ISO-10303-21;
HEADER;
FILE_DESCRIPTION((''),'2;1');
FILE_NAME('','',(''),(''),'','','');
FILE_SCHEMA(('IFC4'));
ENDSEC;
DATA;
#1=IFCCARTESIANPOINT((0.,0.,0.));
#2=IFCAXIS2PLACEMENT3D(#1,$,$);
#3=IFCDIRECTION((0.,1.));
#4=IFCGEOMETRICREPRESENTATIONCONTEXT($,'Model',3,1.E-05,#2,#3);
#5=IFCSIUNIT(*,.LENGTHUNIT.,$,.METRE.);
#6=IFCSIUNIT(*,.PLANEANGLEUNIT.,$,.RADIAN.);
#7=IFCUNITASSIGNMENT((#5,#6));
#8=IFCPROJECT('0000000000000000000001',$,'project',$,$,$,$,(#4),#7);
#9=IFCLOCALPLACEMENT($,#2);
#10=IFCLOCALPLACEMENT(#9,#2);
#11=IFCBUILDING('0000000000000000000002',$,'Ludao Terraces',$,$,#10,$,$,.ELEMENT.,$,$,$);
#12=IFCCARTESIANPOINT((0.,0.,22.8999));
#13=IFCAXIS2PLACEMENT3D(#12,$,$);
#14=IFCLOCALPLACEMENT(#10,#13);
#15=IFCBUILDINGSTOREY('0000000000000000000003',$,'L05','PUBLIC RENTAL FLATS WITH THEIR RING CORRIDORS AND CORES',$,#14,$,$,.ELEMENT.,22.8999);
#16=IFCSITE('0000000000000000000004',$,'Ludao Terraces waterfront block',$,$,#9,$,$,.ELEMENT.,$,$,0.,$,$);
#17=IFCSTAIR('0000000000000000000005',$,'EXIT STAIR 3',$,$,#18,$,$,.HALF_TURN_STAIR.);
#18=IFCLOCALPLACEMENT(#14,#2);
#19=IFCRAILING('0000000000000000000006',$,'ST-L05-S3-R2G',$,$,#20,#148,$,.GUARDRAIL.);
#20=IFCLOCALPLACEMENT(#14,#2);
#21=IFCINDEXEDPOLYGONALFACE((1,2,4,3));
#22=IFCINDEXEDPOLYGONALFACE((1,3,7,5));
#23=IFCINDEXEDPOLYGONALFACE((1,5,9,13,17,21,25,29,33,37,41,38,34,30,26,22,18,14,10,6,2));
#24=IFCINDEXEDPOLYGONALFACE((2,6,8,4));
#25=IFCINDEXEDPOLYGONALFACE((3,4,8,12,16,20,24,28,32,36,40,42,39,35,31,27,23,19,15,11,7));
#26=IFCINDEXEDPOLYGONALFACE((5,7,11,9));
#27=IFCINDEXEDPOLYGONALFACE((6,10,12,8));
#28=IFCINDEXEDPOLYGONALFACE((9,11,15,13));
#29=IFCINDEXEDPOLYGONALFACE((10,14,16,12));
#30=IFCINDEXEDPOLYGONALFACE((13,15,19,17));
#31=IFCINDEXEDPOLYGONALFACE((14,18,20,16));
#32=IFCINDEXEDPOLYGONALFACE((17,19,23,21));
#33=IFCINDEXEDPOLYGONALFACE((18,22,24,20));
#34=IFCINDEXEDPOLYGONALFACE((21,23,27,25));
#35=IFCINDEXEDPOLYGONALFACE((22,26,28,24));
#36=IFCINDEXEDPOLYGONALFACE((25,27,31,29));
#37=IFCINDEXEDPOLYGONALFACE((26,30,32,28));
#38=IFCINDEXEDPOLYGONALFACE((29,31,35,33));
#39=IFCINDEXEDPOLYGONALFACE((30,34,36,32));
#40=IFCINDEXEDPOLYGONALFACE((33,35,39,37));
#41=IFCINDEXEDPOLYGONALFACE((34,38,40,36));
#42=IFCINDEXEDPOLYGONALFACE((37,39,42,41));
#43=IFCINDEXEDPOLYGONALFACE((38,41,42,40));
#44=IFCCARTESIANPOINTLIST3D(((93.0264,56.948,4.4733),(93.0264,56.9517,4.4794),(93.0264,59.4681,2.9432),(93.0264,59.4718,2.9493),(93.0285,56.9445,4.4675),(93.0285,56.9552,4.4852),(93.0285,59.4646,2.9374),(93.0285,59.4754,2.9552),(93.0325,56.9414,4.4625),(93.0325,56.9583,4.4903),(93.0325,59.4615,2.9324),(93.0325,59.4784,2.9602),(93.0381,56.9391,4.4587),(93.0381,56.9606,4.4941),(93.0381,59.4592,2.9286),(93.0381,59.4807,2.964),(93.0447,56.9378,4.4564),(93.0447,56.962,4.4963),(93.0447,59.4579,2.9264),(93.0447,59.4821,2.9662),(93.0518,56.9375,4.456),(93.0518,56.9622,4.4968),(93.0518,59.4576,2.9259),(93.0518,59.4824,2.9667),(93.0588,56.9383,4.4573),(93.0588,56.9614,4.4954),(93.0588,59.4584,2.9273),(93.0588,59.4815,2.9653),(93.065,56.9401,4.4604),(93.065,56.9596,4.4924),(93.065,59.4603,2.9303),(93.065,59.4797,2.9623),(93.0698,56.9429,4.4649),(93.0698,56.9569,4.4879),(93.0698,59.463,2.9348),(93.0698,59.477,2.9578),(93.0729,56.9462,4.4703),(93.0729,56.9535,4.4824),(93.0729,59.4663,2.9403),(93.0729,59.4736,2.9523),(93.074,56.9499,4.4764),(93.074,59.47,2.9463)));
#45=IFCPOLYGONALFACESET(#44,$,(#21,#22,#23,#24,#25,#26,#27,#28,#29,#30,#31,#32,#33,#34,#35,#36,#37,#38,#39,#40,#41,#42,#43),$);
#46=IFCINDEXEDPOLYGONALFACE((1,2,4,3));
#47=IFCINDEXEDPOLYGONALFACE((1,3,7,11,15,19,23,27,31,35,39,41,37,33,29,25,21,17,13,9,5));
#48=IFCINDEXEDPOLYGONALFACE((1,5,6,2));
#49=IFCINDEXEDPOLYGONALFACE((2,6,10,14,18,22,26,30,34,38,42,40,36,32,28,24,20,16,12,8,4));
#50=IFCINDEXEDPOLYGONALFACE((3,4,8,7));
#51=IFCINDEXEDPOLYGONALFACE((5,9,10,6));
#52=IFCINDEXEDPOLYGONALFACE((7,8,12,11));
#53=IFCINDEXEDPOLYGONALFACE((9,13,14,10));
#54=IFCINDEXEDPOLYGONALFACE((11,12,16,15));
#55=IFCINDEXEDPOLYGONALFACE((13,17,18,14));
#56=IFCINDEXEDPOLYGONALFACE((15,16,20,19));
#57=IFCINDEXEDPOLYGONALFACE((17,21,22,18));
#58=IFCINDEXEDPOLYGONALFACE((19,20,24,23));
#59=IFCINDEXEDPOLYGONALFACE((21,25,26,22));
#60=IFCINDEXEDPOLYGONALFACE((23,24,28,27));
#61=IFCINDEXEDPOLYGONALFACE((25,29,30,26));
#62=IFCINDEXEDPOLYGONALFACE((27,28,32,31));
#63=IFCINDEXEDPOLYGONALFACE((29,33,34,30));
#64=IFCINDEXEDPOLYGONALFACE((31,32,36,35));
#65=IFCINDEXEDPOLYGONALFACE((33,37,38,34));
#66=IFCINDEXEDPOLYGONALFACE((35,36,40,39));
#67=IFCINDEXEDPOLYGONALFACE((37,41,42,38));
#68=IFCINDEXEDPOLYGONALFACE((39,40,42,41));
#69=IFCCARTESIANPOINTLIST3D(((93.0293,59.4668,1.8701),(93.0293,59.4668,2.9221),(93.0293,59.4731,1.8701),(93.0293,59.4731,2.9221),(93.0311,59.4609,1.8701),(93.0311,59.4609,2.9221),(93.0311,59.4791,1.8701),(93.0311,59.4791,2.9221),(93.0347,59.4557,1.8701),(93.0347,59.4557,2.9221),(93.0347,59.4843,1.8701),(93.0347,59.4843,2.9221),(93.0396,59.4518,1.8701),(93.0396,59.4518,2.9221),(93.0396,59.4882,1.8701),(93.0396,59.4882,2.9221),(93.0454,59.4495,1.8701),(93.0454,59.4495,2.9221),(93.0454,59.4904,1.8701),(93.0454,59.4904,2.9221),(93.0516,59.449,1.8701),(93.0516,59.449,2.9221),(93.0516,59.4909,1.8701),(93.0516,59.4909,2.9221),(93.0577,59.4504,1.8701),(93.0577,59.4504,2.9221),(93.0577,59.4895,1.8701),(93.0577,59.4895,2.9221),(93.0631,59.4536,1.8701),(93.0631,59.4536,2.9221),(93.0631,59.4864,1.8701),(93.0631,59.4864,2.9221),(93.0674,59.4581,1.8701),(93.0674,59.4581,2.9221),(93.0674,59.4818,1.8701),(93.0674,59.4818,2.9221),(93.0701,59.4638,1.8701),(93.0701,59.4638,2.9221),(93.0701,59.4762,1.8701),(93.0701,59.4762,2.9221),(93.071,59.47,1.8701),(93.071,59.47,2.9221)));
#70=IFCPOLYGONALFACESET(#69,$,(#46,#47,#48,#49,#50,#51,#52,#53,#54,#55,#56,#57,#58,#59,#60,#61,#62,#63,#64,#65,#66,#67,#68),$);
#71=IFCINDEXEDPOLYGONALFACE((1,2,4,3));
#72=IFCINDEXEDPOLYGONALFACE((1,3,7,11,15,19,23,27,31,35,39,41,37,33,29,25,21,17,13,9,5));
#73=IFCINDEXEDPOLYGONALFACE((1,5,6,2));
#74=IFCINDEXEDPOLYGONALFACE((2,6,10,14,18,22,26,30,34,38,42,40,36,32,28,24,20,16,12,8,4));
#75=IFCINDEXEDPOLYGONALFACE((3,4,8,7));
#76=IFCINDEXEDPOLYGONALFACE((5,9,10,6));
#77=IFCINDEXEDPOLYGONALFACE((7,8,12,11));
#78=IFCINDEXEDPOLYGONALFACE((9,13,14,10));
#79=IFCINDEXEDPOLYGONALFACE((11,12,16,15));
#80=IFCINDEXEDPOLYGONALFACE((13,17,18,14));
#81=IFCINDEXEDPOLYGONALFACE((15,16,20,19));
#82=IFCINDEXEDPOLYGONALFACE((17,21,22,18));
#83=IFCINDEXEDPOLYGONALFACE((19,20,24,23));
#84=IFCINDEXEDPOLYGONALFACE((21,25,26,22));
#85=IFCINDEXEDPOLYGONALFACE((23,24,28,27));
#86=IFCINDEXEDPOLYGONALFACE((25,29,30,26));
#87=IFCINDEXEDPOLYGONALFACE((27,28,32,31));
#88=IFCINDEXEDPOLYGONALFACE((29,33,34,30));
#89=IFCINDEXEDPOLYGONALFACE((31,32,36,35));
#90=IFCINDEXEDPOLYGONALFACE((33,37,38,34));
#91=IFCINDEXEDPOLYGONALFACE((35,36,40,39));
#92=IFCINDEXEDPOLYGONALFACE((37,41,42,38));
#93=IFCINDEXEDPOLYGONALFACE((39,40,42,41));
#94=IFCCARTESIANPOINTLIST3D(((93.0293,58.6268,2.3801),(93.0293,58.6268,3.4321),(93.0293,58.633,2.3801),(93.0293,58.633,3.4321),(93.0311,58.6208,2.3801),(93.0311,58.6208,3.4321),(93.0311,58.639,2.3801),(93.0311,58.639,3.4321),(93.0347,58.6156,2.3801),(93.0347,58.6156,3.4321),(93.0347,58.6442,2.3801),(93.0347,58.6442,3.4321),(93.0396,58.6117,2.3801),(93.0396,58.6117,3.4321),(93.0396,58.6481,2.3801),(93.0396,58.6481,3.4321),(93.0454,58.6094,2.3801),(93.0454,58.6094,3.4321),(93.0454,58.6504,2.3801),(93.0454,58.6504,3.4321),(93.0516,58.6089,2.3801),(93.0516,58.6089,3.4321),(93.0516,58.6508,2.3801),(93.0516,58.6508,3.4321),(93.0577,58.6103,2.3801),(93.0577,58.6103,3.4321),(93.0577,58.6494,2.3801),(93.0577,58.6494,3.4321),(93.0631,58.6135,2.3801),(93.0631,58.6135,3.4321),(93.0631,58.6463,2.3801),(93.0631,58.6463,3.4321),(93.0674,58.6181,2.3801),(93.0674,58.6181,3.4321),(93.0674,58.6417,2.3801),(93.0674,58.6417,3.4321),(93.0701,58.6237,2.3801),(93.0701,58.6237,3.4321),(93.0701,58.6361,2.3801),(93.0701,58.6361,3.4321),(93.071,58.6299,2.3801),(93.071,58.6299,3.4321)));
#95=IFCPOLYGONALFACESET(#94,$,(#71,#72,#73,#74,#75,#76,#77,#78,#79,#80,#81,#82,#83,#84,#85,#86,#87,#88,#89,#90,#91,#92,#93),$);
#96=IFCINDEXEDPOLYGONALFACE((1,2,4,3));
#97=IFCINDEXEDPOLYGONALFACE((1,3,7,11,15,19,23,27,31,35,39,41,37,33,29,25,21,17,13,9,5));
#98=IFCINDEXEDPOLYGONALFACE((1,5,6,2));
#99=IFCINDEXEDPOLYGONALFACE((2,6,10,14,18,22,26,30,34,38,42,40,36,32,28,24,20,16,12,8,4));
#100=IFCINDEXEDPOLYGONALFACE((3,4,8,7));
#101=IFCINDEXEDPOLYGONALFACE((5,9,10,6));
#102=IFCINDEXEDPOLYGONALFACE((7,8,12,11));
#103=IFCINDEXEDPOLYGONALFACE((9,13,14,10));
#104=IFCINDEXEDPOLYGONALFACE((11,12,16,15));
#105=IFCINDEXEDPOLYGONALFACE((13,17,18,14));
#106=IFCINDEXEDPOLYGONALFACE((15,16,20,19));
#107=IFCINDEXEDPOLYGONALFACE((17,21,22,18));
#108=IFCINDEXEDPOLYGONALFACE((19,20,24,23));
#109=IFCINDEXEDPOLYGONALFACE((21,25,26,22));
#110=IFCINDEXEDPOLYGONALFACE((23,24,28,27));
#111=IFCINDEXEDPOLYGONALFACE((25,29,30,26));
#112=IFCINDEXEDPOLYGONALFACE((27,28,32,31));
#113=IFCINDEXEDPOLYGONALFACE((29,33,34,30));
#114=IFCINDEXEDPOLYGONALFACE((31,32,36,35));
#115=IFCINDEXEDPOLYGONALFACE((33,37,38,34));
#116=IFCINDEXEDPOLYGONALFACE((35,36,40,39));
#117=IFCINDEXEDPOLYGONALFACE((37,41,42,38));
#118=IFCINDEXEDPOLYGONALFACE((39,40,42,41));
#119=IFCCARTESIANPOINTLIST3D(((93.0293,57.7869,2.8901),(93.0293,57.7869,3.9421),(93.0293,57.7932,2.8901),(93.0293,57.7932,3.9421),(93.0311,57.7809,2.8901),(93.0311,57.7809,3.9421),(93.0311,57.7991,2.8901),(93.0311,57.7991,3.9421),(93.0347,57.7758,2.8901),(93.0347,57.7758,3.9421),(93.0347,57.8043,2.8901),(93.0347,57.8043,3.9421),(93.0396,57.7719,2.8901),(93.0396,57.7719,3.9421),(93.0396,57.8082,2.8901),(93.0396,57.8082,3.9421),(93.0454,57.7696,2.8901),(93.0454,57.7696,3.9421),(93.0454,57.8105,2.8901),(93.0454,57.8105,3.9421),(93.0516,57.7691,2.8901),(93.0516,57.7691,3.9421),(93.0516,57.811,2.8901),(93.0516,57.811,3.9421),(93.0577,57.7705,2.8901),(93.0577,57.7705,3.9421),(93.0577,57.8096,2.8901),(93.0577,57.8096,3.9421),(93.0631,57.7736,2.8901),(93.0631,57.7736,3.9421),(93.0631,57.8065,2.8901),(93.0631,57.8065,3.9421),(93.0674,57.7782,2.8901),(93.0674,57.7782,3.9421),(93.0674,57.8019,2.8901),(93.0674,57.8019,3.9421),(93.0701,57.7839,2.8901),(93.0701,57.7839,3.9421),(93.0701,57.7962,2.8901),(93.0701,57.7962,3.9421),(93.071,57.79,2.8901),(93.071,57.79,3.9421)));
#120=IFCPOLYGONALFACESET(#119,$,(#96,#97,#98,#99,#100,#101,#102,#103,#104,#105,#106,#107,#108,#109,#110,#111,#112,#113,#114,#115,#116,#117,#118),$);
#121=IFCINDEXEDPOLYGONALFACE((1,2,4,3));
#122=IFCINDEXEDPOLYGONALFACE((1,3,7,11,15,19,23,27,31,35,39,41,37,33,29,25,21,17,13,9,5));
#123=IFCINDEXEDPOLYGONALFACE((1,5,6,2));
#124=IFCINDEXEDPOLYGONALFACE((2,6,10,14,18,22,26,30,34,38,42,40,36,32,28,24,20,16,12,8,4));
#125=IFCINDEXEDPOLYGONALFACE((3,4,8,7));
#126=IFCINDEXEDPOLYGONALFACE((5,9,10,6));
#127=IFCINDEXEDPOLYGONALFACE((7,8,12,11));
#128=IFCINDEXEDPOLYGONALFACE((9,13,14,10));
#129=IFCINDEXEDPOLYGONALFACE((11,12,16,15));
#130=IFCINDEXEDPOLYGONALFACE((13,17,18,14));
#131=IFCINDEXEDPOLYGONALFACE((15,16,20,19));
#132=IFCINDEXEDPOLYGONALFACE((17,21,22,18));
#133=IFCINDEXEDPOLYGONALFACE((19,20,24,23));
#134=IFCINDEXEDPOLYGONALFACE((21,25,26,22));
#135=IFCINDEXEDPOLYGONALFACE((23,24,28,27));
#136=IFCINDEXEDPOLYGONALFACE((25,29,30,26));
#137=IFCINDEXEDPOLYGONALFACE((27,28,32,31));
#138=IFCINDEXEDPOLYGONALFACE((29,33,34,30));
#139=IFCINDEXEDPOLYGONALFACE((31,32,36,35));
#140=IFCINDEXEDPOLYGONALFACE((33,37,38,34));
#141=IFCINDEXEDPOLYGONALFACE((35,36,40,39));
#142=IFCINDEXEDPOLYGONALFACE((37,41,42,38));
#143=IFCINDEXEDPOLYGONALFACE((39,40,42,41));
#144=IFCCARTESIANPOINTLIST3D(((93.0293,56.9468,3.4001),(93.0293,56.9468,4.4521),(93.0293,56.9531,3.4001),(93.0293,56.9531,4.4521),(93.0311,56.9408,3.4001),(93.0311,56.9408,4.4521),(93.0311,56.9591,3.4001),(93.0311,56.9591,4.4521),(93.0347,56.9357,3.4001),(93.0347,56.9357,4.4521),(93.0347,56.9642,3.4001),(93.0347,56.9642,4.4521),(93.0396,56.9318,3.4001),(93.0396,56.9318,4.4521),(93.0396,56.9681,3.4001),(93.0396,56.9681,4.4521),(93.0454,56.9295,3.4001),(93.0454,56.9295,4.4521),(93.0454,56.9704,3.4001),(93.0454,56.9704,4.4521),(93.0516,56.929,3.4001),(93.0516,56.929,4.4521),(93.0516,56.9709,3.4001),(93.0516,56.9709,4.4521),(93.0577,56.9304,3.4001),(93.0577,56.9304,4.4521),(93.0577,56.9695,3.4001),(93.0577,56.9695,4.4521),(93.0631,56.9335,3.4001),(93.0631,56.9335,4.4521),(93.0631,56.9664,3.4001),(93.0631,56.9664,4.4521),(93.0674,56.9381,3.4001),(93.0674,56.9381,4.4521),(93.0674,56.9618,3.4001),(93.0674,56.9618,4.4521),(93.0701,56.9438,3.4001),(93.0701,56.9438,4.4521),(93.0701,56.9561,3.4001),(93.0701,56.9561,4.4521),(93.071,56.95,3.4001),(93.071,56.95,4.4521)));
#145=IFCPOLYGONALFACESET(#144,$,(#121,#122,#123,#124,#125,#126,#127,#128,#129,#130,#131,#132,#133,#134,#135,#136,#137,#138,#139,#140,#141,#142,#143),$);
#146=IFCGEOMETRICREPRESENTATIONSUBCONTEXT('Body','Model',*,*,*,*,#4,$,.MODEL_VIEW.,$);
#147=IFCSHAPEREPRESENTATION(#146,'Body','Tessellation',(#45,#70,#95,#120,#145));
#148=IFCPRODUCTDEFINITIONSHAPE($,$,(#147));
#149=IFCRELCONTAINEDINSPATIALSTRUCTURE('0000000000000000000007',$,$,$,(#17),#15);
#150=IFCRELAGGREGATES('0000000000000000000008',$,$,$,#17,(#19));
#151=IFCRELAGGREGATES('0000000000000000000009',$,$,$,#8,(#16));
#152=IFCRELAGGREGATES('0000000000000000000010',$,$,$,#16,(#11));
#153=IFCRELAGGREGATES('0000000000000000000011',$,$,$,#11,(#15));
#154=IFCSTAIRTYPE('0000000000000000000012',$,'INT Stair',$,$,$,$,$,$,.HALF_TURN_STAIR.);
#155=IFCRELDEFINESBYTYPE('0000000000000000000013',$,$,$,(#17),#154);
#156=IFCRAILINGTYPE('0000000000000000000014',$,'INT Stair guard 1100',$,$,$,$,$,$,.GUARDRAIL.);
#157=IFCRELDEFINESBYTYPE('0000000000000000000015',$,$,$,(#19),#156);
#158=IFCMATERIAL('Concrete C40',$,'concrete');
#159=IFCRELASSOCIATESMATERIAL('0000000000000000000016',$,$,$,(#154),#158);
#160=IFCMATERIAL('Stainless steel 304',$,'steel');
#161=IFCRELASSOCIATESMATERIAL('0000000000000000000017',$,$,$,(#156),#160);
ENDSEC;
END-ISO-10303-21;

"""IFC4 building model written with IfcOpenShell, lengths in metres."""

from ifc_helpers import new_model, si_unit, direction, frame, origin, origin_2d, place, context, subcontext, project, spatial, circle, extrude, material, type_object, element, aggregate, save


model = new_model("IFC4")

# Units and contexts
model_context = context("Model", 3, precision=1e-05, world=origin(), true_north=direction((0.0, 1.0)))
body_context = subcontext(model_context, "Body", "Model", "MODEL_VIEW")
ifc_project = project(units=[si_unit("LENGTHUNIT", "METRE"), si_unit("PLANEANGLEUNIT", "RADIAN")], contexts=[model_context])

# Site, building, storey
site_placement = place(None, origin())
site = spatial("IfcSite", under=ifc_project, at=site_placement, Name="Ludao Terraces waterfront block", CompositionType="ELEMENT", RefElevation=0.0)
building_placement = place(site_placement, origin())
building = spatial("IfcBuilding", under=site, at=building_placement, Name="Ludao Terraces", CompositionType="ELEMENT")
storey_placement = place(building_placement, frame((0.0, 0.0, 22.8999)))
storey = spatial("IfcBuildingStorey", under=building, at=storey_placement, Name="L05", Description="PUBLIC RENTAL FLATS WITH THEIR RING CORRIDORS AND CORES", CompositionType="ELEMENT", Elevation=22.8999)

# Stair, railing
ifc_material_1 = material(Name="Concrete C40", Category="concrete")
stair_type = type_object("IfcStairType", Name="INT Stair", PredefinedType="HALF_TURN_STAIR", material=ifc_material_1)
stair_placement = place(storey_placement, origin())
stair = element("IfcStair", 1, at=stair_placement, inside=storey, type_object=stair_type, Name="EXIT STAIR 3", PredefinedType="HALF_TURN_STAIR")
ifc_material_2 = material(Name="Stainless steel 304", Category="steel")
railing_type_1 = type_object("IfcRailingType", Name="INT Stair guard 1100", PredefinedType="GUARDRAIL", material=ifc_material_2)
railing_1_placement = place(storey_placement, frame((93.05, 59.47, 1.8701)))
railing_1 = element("IfcRailing", 2, at=railing_1_placement, type_object=railing_type_1, Name="ST-L05-S3-R2G", PredefinedType="GUARDRAIL", context=body_context, shape_type="SweptSolid", body=[
    extrude(circle(Radius=0.0239, at=origin_2d()), frame((0.0, 0.0, 1.0762), z_axis=(0.0, -0.854785, 0.518982), x_axis=(1.0, 0.0, 0.0)), (0.0, 0.0, 1.0), 2.9482),
    extrude(circle(Radius=0.021, at=origin_2d()), origin(), (0.0, 0.0, 1.0), 1.052),
    extrude(circle(Radius=0.021, at=origin_2d()), frame((0.0, -0.8401, 0.51)), (0.0, 0.0, 1.0), 1.052),
    extrude(circle(Radius=0.021, at=origin_2d()), frame((0.0, -1.6799, 1.02)), (0.0, 0.0, 1.0), 1.052),
    extrude(circle(Radius=0.021, at=origin_2d()), frame((0.0, -2.52, 1.53)), (0.0, 0.0, 1.0), 1.052),
])
aggregate(stair, [railing_1])

save(model, "model.ifc")
